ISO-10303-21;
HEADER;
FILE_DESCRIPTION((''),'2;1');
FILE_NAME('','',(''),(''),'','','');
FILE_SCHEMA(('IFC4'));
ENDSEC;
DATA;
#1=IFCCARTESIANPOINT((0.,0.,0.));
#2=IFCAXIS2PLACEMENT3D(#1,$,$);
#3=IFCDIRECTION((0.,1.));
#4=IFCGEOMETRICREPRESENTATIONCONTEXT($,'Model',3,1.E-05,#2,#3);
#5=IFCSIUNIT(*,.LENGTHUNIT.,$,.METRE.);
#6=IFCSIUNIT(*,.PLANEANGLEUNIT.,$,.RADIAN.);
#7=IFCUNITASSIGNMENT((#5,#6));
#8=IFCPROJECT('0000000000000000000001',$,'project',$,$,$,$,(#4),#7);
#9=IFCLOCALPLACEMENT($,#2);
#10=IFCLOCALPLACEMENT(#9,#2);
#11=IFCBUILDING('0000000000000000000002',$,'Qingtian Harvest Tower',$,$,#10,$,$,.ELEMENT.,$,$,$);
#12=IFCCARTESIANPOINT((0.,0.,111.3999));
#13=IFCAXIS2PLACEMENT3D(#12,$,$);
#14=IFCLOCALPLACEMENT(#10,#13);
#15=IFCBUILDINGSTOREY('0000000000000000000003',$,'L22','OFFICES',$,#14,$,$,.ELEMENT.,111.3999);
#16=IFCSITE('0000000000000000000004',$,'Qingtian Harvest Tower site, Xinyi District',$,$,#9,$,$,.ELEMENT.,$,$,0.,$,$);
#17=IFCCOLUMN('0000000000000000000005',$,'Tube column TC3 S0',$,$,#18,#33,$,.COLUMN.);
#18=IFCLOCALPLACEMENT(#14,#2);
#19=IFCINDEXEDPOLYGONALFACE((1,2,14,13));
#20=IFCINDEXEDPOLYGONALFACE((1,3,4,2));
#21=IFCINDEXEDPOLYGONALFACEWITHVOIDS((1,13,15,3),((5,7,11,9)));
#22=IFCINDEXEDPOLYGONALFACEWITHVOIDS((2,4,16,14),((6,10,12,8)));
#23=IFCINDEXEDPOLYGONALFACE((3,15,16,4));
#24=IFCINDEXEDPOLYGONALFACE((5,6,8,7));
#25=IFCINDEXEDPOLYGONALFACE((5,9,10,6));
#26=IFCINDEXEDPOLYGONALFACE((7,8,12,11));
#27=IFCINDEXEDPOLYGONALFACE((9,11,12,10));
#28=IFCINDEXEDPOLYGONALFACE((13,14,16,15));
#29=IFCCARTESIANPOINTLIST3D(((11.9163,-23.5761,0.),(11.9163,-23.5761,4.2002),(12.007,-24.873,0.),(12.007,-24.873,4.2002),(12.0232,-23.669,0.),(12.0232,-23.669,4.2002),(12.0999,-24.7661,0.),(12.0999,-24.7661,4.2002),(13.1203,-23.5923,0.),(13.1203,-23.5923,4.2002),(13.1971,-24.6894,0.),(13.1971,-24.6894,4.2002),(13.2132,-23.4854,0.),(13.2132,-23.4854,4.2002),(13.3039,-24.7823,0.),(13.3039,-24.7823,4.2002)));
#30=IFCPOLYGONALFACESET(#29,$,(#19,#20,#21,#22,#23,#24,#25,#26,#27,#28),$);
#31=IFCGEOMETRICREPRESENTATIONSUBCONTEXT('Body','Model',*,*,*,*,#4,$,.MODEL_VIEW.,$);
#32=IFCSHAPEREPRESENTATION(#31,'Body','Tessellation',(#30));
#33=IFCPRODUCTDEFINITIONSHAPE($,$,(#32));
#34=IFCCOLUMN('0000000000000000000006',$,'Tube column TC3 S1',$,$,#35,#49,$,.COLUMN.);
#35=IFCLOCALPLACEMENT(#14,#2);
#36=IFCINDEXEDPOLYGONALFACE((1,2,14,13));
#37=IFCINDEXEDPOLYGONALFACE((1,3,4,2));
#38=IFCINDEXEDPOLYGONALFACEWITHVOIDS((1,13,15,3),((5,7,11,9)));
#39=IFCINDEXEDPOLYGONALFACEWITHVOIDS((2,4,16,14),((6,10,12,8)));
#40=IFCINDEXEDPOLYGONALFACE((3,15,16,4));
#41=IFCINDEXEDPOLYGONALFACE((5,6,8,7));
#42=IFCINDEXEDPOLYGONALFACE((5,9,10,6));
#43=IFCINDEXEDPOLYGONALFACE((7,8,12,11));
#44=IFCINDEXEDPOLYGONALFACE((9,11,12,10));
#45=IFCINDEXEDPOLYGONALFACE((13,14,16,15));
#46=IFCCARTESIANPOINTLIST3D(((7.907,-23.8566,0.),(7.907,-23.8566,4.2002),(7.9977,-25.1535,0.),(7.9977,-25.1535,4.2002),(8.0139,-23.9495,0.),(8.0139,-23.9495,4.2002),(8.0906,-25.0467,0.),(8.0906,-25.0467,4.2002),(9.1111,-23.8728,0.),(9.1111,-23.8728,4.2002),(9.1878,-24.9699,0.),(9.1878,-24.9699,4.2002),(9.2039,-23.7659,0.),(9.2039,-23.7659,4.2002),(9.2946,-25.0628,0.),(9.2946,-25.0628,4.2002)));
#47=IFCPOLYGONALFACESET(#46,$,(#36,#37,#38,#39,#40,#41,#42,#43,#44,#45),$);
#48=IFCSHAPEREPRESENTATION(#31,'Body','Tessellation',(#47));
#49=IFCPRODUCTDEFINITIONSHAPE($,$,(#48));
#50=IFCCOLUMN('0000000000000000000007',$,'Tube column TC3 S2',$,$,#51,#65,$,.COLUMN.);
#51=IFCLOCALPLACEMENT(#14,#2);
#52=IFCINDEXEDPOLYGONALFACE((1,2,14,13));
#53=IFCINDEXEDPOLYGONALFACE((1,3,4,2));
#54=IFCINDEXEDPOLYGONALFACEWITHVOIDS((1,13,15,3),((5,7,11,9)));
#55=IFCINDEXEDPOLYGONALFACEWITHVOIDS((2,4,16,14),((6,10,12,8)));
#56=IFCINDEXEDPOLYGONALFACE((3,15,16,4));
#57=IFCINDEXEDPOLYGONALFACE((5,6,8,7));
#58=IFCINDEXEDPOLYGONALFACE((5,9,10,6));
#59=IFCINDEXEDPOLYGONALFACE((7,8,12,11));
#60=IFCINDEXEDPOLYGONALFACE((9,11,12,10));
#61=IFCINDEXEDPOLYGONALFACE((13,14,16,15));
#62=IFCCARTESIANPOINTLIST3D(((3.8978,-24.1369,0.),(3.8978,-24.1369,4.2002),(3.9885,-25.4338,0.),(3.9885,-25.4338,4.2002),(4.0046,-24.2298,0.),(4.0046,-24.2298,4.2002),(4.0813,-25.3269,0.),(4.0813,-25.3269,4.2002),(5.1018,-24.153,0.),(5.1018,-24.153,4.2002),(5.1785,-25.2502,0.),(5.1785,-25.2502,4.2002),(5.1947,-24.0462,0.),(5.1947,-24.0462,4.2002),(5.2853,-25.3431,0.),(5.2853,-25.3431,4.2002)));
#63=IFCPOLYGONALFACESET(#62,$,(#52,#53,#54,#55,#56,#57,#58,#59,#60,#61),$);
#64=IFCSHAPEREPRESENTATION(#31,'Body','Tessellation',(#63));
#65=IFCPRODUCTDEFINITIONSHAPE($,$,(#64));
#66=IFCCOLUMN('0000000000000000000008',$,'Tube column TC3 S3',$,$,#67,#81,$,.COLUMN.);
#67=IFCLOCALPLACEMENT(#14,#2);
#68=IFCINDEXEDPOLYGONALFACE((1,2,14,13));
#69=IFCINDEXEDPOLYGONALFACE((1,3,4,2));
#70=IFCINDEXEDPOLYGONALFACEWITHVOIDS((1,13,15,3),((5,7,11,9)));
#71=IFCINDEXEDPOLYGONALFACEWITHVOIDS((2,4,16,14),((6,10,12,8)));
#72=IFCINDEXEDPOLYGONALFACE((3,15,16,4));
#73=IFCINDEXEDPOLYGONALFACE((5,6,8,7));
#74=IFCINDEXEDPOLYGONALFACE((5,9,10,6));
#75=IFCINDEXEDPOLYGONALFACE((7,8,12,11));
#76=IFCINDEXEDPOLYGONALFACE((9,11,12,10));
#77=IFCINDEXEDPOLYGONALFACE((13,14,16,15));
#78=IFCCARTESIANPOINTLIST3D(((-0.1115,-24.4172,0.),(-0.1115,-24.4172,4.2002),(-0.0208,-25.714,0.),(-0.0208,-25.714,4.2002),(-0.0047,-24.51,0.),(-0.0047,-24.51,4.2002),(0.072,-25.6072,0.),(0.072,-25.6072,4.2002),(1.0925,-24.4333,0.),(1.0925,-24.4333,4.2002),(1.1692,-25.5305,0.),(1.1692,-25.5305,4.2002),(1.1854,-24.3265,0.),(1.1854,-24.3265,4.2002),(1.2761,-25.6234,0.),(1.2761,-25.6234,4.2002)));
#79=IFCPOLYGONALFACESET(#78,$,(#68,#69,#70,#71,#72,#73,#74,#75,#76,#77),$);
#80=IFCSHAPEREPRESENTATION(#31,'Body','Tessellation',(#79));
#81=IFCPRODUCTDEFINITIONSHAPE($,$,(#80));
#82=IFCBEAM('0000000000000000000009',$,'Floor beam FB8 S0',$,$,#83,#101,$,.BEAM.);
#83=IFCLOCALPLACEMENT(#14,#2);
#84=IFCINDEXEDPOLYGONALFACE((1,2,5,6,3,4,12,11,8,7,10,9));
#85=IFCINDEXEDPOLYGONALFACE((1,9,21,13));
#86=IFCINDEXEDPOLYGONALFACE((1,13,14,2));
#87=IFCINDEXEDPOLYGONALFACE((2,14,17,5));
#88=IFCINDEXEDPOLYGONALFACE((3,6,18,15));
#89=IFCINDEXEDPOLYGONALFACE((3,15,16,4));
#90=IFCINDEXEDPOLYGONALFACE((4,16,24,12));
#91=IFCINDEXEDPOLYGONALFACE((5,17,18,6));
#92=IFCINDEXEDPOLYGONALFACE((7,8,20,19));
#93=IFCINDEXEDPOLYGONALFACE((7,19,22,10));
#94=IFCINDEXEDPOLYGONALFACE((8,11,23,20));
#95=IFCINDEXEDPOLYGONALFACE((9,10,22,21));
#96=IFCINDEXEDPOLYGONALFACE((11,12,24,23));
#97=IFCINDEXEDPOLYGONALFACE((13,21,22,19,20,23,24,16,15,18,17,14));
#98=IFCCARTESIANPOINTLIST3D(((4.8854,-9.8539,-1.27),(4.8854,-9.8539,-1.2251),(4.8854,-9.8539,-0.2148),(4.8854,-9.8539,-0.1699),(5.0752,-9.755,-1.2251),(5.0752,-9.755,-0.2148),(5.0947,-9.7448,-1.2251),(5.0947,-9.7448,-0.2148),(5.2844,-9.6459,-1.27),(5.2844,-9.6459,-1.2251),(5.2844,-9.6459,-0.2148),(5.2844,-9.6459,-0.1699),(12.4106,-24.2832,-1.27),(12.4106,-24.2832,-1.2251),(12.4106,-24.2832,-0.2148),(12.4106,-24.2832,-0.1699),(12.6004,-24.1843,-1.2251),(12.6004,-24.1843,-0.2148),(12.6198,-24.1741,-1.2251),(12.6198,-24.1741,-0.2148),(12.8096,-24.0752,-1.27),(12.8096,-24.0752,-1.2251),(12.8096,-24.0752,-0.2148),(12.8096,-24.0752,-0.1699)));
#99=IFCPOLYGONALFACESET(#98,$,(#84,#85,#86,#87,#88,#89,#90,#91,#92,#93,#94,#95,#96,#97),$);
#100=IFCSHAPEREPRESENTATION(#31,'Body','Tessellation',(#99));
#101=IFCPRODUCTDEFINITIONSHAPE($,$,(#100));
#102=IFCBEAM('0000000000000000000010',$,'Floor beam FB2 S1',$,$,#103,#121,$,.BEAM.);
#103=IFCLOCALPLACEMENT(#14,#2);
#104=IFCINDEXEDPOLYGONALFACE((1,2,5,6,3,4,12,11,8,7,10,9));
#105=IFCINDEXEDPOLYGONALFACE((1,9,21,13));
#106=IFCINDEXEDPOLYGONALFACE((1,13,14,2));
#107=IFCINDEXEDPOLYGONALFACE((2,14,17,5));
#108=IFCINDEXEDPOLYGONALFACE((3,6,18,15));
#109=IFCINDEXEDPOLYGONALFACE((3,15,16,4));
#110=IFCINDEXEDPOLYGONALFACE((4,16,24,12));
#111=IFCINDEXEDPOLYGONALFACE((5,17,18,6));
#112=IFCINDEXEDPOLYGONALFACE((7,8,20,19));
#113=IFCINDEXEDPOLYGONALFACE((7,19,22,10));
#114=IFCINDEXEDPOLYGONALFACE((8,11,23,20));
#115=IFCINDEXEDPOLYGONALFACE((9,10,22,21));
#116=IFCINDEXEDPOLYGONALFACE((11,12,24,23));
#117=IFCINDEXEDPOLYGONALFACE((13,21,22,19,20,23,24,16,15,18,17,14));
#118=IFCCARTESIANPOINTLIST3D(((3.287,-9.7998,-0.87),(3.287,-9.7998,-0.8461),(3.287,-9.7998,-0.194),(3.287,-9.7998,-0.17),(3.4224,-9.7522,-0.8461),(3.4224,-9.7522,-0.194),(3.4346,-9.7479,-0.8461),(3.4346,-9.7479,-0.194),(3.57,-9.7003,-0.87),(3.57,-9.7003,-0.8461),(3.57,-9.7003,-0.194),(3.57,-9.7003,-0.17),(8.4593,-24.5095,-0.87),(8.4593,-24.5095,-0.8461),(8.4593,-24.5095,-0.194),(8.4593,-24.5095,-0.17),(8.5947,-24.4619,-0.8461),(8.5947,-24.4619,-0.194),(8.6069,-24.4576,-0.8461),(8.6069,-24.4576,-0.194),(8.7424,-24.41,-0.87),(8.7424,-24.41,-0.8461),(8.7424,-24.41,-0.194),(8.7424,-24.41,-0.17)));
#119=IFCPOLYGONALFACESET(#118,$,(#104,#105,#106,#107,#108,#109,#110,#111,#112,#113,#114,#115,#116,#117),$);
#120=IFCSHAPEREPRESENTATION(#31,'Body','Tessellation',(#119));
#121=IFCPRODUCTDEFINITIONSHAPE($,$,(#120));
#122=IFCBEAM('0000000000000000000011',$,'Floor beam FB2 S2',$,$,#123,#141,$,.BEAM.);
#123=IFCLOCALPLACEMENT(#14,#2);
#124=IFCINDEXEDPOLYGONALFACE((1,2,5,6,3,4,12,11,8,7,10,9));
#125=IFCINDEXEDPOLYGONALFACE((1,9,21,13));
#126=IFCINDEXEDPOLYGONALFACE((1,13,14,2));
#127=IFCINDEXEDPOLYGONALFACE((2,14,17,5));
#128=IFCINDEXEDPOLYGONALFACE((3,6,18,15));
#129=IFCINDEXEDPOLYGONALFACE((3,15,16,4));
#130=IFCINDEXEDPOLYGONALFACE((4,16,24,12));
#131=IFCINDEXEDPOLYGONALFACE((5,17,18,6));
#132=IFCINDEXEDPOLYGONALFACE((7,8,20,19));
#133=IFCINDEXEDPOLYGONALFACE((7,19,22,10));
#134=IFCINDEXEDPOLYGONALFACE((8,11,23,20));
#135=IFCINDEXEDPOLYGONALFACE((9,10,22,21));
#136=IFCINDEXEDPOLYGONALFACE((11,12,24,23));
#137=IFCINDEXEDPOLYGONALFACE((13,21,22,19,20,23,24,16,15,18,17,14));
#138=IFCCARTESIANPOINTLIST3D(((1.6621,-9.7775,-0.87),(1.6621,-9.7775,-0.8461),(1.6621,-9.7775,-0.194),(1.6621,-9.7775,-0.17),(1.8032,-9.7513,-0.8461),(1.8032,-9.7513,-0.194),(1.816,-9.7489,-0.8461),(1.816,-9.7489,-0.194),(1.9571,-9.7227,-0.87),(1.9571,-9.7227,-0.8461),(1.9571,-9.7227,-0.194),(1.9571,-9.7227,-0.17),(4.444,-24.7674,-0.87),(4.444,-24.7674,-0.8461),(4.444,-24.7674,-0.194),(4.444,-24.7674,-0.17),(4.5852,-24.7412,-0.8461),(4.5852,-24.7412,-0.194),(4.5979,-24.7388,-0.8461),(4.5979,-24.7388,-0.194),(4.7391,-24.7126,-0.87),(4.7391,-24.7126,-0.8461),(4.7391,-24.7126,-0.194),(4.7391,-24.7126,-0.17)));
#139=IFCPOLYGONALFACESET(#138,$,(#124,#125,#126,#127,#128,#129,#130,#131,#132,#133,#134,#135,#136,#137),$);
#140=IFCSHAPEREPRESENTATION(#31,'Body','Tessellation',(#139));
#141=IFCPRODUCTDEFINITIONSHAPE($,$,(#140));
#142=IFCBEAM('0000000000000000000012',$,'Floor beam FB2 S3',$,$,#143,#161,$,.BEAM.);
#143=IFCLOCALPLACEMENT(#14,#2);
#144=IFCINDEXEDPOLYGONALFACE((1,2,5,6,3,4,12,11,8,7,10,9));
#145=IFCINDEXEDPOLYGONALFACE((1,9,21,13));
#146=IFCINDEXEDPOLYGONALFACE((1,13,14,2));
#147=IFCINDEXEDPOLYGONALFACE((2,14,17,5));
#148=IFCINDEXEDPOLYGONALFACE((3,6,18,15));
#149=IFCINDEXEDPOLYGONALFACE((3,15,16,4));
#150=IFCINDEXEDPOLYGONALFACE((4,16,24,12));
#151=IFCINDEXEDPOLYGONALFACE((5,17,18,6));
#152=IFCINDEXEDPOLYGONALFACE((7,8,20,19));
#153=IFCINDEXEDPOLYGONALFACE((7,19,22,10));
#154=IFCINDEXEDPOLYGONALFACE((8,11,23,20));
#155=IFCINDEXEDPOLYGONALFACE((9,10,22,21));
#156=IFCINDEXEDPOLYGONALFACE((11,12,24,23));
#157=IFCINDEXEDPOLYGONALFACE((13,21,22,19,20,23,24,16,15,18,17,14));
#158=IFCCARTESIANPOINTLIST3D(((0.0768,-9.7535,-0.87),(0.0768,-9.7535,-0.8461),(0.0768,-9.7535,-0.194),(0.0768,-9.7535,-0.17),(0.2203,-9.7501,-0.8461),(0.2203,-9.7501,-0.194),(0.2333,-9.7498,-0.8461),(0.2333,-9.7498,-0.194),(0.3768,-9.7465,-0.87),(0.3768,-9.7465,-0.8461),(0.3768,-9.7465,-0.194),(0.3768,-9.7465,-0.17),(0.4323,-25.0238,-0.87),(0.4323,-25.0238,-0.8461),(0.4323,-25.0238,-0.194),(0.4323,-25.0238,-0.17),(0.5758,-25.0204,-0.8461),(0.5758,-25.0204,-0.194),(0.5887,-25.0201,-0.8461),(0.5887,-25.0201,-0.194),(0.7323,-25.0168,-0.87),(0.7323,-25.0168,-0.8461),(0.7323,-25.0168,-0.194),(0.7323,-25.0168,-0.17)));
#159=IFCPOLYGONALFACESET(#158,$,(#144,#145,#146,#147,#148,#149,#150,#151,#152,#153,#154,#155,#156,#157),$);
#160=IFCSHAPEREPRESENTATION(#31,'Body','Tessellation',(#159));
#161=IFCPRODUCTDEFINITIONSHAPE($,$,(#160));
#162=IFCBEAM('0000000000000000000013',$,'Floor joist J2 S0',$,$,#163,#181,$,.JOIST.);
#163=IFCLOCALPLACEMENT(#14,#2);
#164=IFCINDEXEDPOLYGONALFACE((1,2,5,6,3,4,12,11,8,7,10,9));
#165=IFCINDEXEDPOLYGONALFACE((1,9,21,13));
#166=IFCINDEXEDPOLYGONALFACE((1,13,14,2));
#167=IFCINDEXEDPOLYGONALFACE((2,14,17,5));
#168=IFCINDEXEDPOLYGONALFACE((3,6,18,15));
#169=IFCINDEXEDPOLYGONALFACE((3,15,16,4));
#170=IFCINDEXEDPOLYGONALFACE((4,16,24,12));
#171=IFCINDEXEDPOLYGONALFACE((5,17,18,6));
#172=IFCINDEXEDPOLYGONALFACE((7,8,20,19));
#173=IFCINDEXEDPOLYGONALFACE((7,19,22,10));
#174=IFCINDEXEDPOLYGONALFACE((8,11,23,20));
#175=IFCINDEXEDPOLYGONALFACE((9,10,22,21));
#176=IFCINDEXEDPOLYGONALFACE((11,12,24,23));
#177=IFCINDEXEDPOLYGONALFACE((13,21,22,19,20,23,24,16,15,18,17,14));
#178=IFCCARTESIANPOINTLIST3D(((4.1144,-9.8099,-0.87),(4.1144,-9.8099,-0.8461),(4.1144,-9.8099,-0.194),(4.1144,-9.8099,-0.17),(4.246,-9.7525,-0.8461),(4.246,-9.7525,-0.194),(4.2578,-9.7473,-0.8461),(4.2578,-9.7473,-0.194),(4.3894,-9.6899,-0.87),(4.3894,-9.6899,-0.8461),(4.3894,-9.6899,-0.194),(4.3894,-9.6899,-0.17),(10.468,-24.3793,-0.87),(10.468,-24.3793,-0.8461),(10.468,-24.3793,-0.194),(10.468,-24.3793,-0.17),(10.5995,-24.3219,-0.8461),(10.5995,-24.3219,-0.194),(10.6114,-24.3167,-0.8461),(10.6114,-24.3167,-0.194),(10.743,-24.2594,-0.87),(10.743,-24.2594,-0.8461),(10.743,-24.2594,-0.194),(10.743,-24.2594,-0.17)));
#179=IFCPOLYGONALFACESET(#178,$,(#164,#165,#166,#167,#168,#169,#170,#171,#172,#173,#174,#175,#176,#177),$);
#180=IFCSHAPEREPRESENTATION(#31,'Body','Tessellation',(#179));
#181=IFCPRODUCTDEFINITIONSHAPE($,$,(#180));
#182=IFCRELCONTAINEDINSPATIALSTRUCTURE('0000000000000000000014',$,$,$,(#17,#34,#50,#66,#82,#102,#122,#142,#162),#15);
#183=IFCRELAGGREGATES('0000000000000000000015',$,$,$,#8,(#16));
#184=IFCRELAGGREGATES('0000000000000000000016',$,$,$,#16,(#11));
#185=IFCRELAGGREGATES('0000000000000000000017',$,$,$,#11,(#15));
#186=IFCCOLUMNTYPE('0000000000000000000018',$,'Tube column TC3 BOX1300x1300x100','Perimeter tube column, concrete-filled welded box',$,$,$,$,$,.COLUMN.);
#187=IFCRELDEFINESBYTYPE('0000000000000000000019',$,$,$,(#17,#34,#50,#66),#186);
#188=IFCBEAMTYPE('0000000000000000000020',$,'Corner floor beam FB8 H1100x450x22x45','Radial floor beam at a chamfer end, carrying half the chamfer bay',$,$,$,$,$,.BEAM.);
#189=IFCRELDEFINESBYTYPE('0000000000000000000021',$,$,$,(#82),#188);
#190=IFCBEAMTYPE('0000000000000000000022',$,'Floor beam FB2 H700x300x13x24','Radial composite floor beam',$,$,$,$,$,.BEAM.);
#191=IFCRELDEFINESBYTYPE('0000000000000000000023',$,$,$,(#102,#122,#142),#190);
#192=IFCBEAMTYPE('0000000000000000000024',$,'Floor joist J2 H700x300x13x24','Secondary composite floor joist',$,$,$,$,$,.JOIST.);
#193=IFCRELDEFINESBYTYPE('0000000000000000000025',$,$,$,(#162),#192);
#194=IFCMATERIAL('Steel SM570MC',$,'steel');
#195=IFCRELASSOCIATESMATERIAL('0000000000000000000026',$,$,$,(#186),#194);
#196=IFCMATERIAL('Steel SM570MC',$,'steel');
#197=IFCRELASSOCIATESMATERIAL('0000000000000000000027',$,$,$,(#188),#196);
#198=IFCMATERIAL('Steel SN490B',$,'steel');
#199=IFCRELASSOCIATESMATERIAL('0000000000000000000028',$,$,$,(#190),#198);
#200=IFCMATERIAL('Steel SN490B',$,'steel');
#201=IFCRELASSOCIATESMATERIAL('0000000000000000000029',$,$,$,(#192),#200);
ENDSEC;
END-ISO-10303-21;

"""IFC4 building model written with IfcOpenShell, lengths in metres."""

from ifc_helpers import new_model, si_unit, direction, frame, origin, origin_2d, place, context, subcontext, project, spatial, hollow_rectangle, i_section, extrude, material, material_profile, profile_set, type_object, element, save


model = new_model("IFC4")

# Units and contexts
model_context = context("Model", 3, precision=1e-05, world=origin(), true_north=direction((0.0, 1.0)))
body_context = subcontext(model_context, "Body", "Model", "MODEL_VIEW")
ifc_project = project(units=[si_unit("LENGTHUNIT", "METRE"), si_unit("PLANEANGLEUNIT", "RADIAN")], contexts=[model_context])

# Site, building, storey
site_placement = place(None, origin())
site = spatial("IfcSite", under=ifc_project, at=site_placement, Name="Qingtian Harvest Tower site, Xinyi District", CompositionType="ELEMENT", RefElevation=0.0)
building_placement = place(site_placement, origin())
building = spatial("IfcBuilding", under=site, at=building_placement, Name="Qingtian Harvest Tower", CompositionType="ELEMENT")
storey_placement = place(building_placement, frame((0.0, 0.0, 111.3999)))
storey = spatial("IfcBuildingStorey", under=building, at=storey_placement, Name="L22", Description="OFFICES", CompositionType="ELEMENT", Elevation=111.3999)

# Columns
ifc_material_1 = material(Name="Steel SM570MC", Category="steel")
ifc_material_profile_1 = material_profile(ifc_material_1, hollow_rectangle(XDim=1.3, YDim=1.3, WallThickness=0.1001, at=origin_2d()), Name="BOX1300x1300x100")
ifc_profile_set_1 = profile_set([ifc_material_profile_1], Name="Steel SM570MC")
column_type = type_object("IfcColumnType", Name="Tube column TC3 BOX1300x1300x100", Description="Perimeter tube column, concrete-filled welded box", PredefinedType="COLUMN", material=ifc_profile_set_1)
for number, where, z_axis, x_axis, name in (
    (1, (12.6101, -24.1792, 0.0), (0.0, 0.0, 1.0), (0.997564, 0.069756, 0.0), "Tube column TC3 S0"),
    (2, (8.6008, -24.4597, 0.0), (0.0, 0.0, 1.0), (0.997564, 0.069756, 0.0), "Tube column TC3 S1"),
    (3, (4.5916, -24.74, 0.0), (0.0, 0.0, 1.0), (0.997564, 0.069756, 0.0), "Tube column TC3 S2"),
    (4, (0.5823, -25.0203, 0.0), (0.0, 0.0, 1.0), (0.997564, 0.069756, 0.0), "Tube column TC3 S3"),
):
    element("IfcColumn", number, at=place(storey_placement, frame(where, z_axis=z_axis, x_axis=x_axis)), inside=storey, type_object=column_type, Name=name, PredefinedType="COLUMN", context=body_context, shape_type="SweptSolid", body=[
        extrude(hollow_rectangle(XDim=1.3, YDim=1.3, WallThickness=0.1001, at=origin_2d()), origin(), (0.0, 0.0, 1.0), 4.2002),
    ])

# Beams
ifc_material_2 = material(Name="Steel SM570MC", Category="steel")
ifc_material_profile_2 = material_profile(ifc_material_2, i_section(OverallWidth=0.45, OverallDepth=1.1001, WebThickness=0.022, FlangeThickness=0.0449, at=origin_2d()), Name="H1100x450x22x45")
ifc_profile_set_2 = profile_set([ifc_material_profile_2], Name="Steel SM570MC")
beam_type_1 = type_object("IfcBeamType", Name="Corner floor beam FB8 H1100x450x22x45", Description="Radial floor beam at a chamfer end, carrying half the chamfer bay", PredefinedType="BEAM", material=ifc_profile_set_2)
beam_1_placement = place(storey_placement, frame((12.6101, -24.1792, -0.72), z_axis=(-0.462415, 0.886664, 0.0), x_axis=(-0.886664, -0.462415, 0.0)))
element("IfcBeam", 5, at=beam_1_placement, inside=storey, type_object=beam_type_1, Name="Floor beam FB8 S0", PredefinedType="BEAM", context=body_context, shape_type="SweptSolid", body=[
    extrude(i_section(OverallWidth=0.45, OverallDepth=1.1001, WebThickness=0.022, FlangeThickness=0.0449, at=origin_2d()), origin(), (0.0, 0.0, 1.0), 16.2737),
])
ifc_material_3 = material(Name="Steel SN490B", Category="steel")
ifc_material_profile_3 = material_profile(ifc_material_3, i_section(OverallWidth=0.3, OverallDepth=0.7, WebThickness=0.0129, FlangeThickness=0.0239, at=origin_2d()), Name="H700x300x13x24")
ifc_profile_set_3 = profile_set([ifc_material_profile_3], Name="Steel SN490B")
beam_type_2 = type_object("IfcBeamType", Name="Floor beam FB2 H700x300x13x24", Description="Radial composite floor beam", PredefinedType="BEAM", material=ifc_profile_set_3)
beam_2_placement = place(storey_placement, frame((8.6008, -24.4597, -0.52), z_axis=(-0.331719, 0.943378, 0.0), x_axis=(-0.943378, -0.331719, 0.0)))
element("IfcBeam", 6, at=beam_2_placement, inside=storey, type_object=beam_type_2, Name="Floor beam FB2 S1", PredefinedType="BEAM", context=body_context, shape_type="SweptSolid", body=[
    extrude(i_section(OverallWidth=0.3, OverallDepth=0.7, WebThickness=0.0129, FlangeThickness=0.0239, at=origin_2d()), origin(), (0.0, 0.0, 1.0), 15.5925),
])
beam_3_placement = place(storey_placement, frame((4.5916, -24.74, -0.52), z_axis=(-0.182473, 0.983211, 0.0), x_axis=(-0.983211, -0.182473, 0.0)))
element("IfcBeam", 7, at=beam_3_placement, inside=storey, type_object=beam_type_2, Name="Floor beam FB2 S2", PredefinedType="BEAM", context=body_context, shape_type="SweptSolid", body=[
    extrude(i_section(OverallWidth=0.3, OverallDepth=0.7, WebThickness=0.0129, FlangeThickness=0.0239, at=origin_2d()), origin(), (0.0, 0.0, 1.0), 15.2458),
])
beam_4_placement = place(storey_placement, frame((0.5823, -25.0203, -0.52), z_axis=(-0.023272, 0.999729, 0.0), x_axis=(-0.999729, -0.023272, 0.0)))
element("IfcBeam", 8, at=beam_4_placement, inside=storey, type_object=beam_type_2, Name="Floor beam FB2 S3", PredefinedType="BEAM", context=body_context, shape_type="SweptSolid", body=[
    extrude(i_section(OverallWidth=0.3, OverallDepth=0.7, WebThickness=0.0129, FlangeThickness=0.0239, at=origin_2d()), origin(), (0.0, 0.0, 1.0), 15.2744),
])
ifc_material_4 = material(Name="Steel SN490B", Category="steel")
ifc_material_profile_4 = material_profile(ifc_material_4, i_section(OverallWidth=0.3, OverallDepth=0.7, WebThickness=0.0129, FlangeThickness=0.0239, at=origin_2d()), Name="H700x300x13x24")
ifc_profile_set_4 = profile_set([ifc_material_profile_4], Name="Steel SN490B")
beam_type_3 = type_object("IfcBeamType", Name="Floor joist J2 H700x300x13x24", Description="Secondary composite floor joist", PredefinedType="JOIST", material=ifc_profile_set_4)
beam_5_placement = place(storey_placement, frame((10.6055, -24.3193, -0.52), z_axis=(-0.399732, 0.916632, 0.0), x_axis=(-0.916632, -0.399732, 0.0)))
element("IfcBeam", 9, at=beam_5_placement, inside=storey, type_object=beam_type_3, Name="Floor joist J2 S0", PredefinedType="JOIST", context=body_context, shape_type="SweptSolid", body=[
    extrude(i_section(OverallWidth=0.3, OverallDepth=0.7, WebThickness=0.0129, FlangeThickness=0.0239, at=origin_2d()), origin(), (0.0, 0.0, 1.0), 15.8945),
])

save(model, "model.ifc")
